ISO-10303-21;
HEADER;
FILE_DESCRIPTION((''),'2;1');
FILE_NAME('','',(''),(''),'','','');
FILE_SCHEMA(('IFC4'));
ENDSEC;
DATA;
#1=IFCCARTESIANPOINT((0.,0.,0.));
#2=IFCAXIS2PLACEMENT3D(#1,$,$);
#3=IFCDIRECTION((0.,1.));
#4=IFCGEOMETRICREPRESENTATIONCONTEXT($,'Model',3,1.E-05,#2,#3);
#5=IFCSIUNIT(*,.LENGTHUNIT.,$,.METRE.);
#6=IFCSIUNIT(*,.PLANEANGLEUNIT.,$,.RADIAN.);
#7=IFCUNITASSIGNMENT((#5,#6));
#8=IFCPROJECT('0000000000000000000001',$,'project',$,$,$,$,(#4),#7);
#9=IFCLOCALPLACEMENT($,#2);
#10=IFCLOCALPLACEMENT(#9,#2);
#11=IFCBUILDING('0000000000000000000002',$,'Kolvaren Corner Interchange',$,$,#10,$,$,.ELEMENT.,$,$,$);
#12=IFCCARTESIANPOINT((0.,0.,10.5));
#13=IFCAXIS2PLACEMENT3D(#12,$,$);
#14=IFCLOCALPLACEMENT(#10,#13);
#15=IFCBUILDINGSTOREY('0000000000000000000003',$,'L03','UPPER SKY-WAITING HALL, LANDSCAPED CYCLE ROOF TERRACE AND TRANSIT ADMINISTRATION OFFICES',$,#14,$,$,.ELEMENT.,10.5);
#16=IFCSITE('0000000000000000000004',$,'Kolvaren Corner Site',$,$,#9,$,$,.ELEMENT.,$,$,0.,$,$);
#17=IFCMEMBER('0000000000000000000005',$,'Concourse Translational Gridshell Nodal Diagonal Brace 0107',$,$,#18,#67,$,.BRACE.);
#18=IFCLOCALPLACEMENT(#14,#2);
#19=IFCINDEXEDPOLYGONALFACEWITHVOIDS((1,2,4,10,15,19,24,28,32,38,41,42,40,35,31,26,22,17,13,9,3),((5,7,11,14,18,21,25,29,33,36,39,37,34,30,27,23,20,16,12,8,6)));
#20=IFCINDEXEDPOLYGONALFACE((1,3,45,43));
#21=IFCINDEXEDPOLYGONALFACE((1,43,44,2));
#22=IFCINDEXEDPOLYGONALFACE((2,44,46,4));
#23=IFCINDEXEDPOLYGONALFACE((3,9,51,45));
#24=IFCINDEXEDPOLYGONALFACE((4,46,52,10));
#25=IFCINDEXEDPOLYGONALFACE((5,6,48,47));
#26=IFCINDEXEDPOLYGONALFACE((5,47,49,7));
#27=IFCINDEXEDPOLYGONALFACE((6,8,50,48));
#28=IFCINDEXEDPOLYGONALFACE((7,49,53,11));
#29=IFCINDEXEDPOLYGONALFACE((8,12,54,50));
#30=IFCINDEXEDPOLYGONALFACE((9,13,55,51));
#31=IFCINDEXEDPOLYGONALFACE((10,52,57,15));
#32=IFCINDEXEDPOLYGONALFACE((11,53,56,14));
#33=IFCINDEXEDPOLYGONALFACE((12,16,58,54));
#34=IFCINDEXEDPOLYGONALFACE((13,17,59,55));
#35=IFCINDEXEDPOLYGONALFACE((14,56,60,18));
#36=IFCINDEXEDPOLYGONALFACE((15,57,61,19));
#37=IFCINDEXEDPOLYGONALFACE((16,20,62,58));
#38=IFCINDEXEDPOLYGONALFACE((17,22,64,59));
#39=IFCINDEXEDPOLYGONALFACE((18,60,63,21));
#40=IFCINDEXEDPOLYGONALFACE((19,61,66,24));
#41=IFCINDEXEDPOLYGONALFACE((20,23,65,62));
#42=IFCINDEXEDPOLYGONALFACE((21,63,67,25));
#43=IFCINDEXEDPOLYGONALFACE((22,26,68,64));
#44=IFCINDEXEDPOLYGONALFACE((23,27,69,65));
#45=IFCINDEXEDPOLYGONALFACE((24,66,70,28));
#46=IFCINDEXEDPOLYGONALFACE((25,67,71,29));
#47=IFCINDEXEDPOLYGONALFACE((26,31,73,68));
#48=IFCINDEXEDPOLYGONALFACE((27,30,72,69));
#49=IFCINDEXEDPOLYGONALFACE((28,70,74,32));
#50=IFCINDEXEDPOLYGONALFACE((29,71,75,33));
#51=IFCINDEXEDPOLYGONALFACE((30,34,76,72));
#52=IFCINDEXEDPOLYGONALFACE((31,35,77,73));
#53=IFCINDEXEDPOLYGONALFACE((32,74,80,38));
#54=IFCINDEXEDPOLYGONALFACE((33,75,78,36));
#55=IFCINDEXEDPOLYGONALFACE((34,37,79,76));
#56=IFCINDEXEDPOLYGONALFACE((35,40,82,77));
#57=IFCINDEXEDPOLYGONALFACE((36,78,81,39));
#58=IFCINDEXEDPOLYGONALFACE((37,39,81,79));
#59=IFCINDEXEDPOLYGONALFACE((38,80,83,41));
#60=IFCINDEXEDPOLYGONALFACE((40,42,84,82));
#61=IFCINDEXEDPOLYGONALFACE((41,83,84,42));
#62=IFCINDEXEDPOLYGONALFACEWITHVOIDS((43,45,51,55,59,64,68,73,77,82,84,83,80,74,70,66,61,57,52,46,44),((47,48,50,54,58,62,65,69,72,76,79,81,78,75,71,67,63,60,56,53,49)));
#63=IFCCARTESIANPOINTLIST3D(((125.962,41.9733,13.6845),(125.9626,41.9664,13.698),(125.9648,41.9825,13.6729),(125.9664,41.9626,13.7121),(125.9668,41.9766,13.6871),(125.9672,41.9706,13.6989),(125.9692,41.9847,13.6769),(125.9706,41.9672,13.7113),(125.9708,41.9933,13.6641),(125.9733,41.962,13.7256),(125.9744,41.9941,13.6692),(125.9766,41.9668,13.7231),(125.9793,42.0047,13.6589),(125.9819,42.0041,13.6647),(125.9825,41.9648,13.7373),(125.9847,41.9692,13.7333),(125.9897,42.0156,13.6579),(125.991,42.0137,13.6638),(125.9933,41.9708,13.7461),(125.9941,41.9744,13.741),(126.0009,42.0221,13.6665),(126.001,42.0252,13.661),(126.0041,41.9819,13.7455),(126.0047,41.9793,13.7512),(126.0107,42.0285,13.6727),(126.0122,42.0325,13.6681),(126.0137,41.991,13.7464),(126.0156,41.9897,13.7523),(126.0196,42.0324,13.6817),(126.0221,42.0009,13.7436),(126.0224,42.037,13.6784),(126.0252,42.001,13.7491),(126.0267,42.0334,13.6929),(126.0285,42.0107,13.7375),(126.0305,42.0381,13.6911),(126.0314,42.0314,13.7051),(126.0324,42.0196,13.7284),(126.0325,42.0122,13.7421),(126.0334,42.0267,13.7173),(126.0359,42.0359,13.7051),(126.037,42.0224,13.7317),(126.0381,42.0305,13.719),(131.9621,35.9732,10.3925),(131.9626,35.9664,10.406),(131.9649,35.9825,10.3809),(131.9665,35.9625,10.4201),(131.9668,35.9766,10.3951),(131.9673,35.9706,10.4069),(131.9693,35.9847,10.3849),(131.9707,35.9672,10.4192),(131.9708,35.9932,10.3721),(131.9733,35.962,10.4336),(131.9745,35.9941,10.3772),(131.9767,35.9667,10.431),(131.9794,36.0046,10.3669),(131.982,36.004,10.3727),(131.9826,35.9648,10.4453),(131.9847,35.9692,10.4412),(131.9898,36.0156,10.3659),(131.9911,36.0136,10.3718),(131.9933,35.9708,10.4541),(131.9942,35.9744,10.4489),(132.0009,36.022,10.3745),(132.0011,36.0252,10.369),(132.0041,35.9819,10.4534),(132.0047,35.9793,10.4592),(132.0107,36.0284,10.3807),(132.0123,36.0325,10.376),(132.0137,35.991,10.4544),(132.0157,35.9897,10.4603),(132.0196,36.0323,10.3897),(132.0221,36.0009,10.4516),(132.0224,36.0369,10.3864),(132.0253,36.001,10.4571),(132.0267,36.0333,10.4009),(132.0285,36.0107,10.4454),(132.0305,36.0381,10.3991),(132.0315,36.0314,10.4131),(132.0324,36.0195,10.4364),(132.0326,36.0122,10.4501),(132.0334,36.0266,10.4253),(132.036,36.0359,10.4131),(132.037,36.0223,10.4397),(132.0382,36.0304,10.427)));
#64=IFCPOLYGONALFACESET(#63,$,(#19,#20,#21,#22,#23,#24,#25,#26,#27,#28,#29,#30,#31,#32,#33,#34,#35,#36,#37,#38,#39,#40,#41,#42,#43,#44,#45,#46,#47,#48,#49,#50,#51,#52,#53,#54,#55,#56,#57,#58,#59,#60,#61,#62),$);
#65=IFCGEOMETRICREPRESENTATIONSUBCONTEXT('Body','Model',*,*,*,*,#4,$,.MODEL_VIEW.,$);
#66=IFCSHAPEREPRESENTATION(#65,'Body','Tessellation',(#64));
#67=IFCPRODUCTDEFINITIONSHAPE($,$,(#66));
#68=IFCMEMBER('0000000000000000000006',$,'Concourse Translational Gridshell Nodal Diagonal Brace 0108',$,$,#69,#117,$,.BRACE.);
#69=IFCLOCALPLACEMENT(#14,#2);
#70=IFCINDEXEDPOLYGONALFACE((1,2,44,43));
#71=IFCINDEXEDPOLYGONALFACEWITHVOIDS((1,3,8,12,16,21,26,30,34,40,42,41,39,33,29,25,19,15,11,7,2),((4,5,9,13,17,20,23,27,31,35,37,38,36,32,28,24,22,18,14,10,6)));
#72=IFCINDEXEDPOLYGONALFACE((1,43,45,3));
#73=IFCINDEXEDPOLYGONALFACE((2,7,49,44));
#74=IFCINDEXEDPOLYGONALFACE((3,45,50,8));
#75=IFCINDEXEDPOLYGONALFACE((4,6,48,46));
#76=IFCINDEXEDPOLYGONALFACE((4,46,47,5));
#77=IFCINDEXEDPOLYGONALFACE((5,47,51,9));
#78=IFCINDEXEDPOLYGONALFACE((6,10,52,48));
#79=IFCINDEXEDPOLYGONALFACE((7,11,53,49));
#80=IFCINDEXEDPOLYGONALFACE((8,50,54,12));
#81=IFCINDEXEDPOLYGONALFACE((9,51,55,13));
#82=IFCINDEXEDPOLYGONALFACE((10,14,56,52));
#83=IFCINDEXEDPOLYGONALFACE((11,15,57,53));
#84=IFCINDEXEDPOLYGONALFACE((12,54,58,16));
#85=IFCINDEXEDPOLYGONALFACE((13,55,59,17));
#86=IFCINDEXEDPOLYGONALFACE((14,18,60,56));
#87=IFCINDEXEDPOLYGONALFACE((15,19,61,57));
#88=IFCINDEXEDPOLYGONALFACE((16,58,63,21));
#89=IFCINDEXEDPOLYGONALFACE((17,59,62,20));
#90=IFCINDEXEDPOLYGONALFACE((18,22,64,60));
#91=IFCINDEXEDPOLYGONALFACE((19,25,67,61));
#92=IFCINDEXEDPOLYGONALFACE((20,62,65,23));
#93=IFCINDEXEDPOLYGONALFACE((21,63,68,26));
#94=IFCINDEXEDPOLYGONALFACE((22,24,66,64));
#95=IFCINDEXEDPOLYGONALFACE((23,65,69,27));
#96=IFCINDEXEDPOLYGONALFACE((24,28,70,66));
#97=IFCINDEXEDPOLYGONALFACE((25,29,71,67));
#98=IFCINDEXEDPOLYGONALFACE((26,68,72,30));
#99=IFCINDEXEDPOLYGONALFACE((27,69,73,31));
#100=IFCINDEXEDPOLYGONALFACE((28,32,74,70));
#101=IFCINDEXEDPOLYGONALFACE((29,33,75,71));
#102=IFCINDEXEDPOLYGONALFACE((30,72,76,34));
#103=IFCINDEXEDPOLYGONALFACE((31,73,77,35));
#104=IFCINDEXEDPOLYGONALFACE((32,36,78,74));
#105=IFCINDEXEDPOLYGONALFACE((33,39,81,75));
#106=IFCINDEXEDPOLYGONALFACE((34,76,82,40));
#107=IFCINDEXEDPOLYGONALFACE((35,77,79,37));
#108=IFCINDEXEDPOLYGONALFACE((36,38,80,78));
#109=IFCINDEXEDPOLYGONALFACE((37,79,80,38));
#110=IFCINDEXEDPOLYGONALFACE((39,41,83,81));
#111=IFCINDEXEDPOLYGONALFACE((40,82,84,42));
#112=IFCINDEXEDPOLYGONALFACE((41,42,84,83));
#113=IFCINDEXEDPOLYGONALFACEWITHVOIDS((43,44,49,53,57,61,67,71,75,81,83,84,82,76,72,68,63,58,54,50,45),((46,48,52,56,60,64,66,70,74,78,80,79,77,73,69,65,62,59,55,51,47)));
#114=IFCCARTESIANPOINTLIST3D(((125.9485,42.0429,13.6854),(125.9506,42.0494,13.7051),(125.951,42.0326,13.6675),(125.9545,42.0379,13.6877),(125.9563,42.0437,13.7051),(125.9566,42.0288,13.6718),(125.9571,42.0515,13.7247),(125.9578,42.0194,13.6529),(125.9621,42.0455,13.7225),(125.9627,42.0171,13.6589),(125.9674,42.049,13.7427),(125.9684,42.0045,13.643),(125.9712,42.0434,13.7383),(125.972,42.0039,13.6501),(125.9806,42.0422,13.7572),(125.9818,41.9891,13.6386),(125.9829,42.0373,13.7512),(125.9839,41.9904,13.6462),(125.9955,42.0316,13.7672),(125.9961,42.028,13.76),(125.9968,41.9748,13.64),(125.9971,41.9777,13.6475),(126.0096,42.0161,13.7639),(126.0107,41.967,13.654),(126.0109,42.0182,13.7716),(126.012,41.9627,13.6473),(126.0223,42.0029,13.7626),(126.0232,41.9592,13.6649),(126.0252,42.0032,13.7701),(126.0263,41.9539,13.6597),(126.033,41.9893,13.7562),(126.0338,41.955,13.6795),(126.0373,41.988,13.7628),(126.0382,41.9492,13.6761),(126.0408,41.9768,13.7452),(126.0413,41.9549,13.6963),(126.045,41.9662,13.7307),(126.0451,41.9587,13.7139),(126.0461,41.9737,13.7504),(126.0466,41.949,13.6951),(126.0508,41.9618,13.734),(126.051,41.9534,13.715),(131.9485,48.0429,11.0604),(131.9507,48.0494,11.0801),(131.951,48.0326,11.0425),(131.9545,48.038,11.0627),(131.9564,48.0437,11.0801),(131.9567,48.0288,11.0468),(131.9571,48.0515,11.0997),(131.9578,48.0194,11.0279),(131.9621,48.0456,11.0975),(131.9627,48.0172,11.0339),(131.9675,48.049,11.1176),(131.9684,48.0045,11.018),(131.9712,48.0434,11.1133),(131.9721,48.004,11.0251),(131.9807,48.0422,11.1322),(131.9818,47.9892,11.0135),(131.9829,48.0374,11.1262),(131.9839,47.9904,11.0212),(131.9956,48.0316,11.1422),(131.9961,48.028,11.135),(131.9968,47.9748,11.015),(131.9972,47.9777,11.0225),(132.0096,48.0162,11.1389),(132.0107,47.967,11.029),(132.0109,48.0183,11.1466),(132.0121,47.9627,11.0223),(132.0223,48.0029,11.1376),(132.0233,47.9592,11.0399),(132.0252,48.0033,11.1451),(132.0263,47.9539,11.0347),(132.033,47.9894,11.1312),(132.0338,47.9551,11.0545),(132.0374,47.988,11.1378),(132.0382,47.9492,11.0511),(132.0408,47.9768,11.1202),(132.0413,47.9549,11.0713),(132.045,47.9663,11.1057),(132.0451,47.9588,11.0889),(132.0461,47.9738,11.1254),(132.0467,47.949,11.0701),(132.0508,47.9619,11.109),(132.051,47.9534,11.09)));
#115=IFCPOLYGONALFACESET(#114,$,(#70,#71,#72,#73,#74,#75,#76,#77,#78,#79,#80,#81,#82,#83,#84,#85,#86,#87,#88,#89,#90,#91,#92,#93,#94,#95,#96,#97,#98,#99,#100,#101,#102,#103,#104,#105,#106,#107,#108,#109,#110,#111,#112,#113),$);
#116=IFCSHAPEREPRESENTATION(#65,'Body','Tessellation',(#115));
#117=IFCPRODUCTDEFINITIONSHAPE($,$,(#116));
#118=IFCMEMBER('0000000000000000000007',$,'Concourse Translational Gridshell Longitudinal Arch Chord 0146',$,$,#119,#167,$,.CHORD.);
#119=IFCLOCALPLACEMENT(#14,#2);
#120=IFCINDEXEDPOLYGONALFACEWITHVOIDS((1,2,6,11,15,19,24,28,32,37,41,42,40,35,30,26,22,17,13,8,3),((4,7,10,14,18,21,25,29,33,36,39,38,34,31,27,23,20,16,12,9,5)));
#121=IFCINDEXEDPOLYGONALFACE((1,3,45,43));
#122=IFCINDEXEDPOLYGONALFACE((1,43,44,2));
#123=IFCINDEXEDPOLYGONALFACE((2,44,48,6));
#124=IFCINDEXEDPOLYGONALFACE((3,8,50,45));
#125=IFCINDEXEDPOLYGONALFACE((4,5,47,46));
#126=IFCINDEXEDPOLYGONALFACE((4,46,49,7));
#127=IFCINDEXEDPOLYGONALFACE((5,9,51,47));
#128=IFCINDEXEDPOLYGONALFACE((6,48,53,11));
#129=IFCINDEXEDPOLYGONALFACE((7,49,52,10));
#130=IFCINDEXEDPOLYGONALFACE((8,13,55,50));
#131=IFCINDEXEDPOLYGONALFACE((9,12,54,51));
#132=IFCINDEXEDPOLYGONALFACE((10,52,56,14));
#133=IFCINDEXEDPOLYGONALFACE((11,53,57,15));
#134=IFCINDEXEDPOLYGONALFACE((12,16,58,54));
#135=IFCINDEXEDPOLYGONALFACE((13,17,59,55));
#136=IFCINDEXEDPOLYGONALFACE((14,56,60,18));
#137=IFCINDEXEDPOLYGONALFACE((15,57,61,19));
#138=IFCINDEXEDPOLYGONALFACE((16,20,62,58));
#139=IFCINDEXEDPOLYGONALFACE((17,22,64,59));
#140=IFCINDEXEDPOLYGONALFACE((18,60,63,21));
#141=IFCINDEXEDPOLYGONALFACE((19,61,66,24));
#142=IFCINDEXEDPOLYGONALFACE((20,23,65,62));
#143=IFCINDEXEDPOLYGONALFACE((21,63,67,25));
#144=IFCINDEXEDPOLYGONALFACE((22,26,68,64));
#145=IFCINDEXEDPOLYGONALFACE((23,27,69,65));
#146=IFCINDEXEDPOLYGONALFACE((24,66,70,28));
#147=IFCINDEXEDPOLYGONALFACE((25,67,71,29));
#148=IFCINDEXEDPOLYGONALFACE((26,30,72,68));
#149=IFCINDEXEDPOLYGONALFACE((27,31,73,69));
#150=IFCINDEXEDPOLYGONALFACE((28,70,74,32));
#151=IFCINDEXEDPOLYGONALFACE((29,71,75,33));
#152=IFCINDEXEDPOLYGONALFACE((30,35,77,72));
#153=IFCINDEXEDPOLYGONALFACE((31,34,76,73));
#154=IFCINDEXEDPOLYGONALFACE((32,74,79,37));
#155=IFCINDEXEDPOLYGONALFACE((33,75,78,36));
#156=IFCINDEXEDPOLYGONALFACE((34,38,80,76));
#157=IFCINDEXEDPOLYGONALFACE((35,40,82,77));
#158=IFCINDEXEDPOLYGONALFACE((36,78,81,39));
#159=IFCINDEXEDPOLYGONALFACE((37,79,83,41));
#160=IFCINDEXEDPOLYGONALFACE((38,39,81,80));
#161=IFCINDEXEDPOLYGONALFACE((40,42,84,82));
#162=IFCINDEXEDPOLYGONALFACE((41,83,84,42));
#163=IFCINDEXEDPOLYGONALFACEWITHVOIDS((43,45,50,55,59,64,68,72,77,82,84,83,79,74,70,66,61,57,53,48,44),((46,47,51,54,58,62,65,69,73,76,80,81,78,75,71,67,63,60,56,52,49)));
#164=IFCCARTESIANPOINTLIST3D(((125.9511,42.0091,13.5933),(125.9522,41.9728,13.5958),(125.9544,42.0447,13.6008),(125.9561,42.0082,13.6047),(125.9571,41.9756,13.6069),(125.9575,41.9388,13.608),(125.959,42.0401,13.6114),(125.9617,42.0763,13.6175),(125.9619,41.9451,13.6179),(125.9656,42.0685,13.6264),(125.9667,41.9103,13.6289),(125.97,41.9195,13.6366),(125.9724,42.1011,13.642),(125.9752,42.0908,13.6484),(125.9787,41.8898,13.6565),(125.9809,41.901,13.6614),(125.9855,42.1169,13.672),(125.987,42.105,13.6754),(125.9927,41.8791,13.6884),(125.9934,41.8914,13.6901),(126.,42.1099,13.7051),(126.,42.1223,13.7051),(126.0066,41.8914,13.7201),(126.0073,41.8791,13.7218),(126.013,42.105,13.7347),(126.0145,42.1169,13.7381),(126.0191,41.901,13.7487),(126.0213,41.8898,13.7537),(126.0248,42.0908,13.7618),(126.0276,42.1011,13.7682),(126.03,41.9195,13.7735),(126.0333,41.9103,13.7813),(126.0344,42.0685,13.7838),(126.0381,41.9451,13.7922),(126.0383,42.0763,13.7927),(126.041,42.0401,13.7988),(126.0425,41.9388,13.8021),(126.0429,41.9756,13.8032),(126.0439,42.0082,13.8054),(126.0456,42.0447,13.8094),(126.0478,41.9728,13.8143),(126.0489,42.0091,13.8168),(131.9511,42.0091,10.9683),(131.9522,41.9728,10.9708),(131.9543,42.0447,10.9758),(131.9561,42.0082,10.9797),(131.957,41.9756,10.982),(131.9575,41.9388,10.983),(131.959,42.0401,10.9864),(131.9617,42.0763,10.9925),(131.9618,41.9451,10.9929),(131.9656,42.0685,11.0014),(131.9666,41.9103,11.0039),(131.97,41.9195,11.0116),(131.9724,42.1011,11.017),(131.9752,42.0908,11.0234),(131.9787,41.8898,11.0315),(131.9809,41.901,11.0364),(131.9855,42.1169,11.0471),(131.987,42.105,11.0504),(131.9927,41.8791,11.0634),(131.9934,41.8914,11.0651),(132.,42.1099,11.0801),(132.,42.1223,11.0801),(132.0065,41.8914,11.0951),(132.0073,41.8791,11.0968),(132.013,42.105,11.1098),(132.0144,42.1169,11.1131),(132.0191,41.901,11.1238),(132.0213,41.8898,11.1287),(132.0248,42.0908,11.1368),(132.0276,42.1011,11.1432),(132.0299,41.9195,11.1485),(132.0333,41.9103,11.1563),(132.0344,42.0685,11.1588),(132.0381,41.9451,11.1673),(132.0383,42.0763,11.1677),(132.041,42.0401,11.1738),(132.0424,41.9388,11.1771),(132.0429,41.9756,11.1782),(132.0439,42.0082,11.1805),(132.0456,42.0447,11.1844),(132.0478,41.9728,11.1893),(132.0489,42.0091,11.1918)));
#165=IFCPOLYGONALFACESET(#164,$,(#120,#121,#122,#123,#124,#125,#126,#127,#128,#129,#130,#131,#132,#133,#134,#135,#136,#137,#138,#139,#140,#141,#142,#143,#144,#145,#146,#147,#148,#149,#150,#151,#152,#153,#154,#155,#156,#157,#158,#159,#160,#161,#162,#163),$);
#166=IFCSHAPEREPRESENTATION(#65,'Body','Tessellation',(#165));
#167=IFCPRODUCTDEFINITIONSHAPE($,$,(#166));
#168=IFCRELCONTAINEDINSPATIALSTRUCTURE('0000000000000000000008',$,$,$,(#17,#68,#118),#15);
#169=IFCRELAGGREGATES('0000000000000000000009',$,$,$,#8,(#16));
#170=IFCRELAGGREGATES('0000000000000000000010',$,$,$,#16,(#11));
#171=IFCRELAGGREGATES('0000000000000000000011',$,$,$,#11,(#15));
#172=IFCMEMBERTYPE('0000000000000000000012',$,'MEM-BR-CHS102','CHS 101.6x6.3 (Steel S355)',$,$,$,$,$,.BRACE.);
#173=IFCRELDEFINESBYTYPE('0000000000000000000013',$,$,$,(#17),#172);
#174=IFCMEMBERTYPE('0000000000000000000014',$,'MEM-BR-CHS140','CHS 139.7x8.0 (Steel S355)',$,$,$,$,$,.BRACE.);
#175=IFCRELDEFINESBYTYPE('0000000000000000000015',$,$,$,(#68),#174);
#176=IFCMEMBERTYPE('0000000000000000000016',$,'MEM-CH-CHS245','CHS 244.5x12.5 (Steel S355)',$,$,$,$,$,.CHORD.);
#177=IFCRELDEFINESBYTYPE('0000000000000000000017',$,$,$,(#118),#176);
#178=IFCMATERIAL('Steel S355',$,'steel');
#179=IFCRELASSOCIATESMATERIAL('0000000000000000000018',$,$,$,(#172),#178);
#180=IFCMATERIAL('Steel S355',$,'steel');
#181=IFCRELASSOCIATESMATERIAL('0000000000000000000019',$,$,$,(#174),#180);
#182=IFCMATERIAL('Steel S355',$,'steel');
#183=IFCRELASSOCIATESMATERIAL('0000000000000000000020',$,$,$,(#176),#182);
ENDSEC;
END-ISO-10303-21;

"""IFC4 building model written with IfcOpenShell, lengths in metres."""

from ifc_helpers import new_model, si_unit, direction, frame, origin, origin_2d, place, context, subcontext, project, spatial, hollow_circle, extrude, material, material_profile, profile_set, type_object, element, save


model = new_model("IFC4")

# Units and contexts
model_context = context("Model", 3, precision=1e-05, world=origin(), true_north=direction((0.0, 1.0)))
body_context = subcontext(model_context, "Body", "Model", "MODEL_VIEW")
ifc_project = project(units=[si_unit("LENGTHUNIT", "METRE"), si_unit("PLANEANGLEUNIT", "RADIAN")], contexts=[model_context])

# Site, building, storey
site_placement = place(None, origin())
site = spatial("IfcSite", under=ifc_project, at=site_placement, Name="Kolvaren Corner Site", CompositionType="ELEMENT", RefElevation=0.0)
building_placement = place(site_placement, origin())
building = spatial("IfcBuilding", under=site, at=building_placement, Name="Kolvaren Corner Interchange", CompositionType="ELEMENT")
storey_placement = place(building_placement, frame((0.0, 0.0, 10.5)))
storey = spatial("IfcBuildingStorey", under=building, at=storey_placement, Name="L03", Description="UPPER SKY-WAITING HALL, LANDSCAPED CYCLE ROOF TERRACE AND TRANSIT ADMINISTRATION OFFICES", CompositionType="ELEMENT", Elevation=10.5)

# Members
ifc_material_1 = material(Name="Steel S355", Category="steel")
ifc_material_profile_1 = material_profile(ifc_material_1, hollow_circle(Radius=0.0508, WallThickness=0.0063, at=origin_2d()), Name="CHS 101.6x6.3")
ifc_profile_set_1 = profile_set([ifc_material_profile_1], Name="Steel S355")
member_type_1 = type_object("IfcMemberType", Name="MEM-BR-CHS102", Description="CHS 101.6x6.3 (Steel S355)", PredefinedType="BRACE", material=ifc_profile_set_1)
member_1_placement = place(storey_placement, frame((126.0, 42.0, 13.7051), z_axis=(0.659232, -0.659232, -0.361698), x_axis=(0.707107, 0.707107, 0.0)))
element("IfcMember", 1, at=member_1_placement, inside=storey, type_object=member_type_1, Name="Concourse Translational Gridshell Nodal Diagonal Brace 0107", PredefinedType="BRACE", context=body_context, shape_type="SweptSolid", body=[
    extrude(hollow_circle(Radius=0.0508, WallThickness=0.0063, at=origin_2d()), origin(), (0.0, 0.0, 1.0), 9.1016),
])
ifc_material_2 = material(Name="Steel S355", Category="steel")
ifc_material_profile_2 = material_profile(ifc_material_2, hollow_circle(Radius=0.0698, WallThickness=0.0081, at=origin_2d()), Name="CHS 139.7x8.0")
ifc_profile_set_2 = profile_set([ifc_material_profile_2], Name="Steel S355")
member_type_2 = type_object("IfcMemberType", Name="MEM-BR-CHS140", Description="CHS 139.7x8.0 (Steel S355)", PredefinedType="BRACE", material=ifc_profile_set_2)
member_2_placement = place(storey_placement, frame((126.0, 42.0, 13.7051), z_axis=(0.675521, 0.675521, -0.29554), x_axis=(-0.707107, 0.707107, 0.0)))
element("IfcMember", 2, at=member_2_placement, inside=storey, type_object=member_type_2, Name="Concourse Translational Gridshell Nodal Diagonal Brace 0108", PredefinedType="BRACE", context=body_context, shape_type="SweptSolid", body=[
    extrude(hollow_circle(Radius=0.0698, WallThickness=0.0081, at=origin_2d()), origin(), (0.0, 0.0, 1.0), 8.8821),
])
ifc_material_3 = material(Name="Steel S355", Category="steel")
ifc_material_profile_3 = material_profile(ifc_material_3, hollow_circle(Radius=0.1223, WallThickness=0.0125, at=origin_2d()), Name="CHS 244.5x12.5")
ifc_profile_set_3 = profile_set([ifc_material_profile_3], Name="Steel S355")
member_type_3 = type_object("IfcMemberType", Name="MEM-CH-CHS245", Description="CHS 244.5x12.5 (Steel S355)", PredefinedType="CHORD", material=ifc_profile_set_3)
for number, where, z_axis, x_axis, name in (
    (3, (126.0, 42.0, 13.7051), (0.916157, 0.0, -0.400819), (0.0, 1.0, 0.0), "Concourse Translational Gridshell Longitudinal Arch Chord 0146"),
):
    element("IfcMember", number, at=place(storey_placement, frame(where, z_axis=z_axis, x_axis=x_axis)), inside=storey, type_object=member_type_3, Name=name, PredefinedType="CHORD", context=body_context, shape_type="SweptSolid", body=[
        extrude(hollow_circle(Radius=0.1223, WallThickness=0.0125, at=origin_2d()), origin(), (0.0, 0.0, 1.0), 6.5491),
    ])

save(model, "model.ifc")
